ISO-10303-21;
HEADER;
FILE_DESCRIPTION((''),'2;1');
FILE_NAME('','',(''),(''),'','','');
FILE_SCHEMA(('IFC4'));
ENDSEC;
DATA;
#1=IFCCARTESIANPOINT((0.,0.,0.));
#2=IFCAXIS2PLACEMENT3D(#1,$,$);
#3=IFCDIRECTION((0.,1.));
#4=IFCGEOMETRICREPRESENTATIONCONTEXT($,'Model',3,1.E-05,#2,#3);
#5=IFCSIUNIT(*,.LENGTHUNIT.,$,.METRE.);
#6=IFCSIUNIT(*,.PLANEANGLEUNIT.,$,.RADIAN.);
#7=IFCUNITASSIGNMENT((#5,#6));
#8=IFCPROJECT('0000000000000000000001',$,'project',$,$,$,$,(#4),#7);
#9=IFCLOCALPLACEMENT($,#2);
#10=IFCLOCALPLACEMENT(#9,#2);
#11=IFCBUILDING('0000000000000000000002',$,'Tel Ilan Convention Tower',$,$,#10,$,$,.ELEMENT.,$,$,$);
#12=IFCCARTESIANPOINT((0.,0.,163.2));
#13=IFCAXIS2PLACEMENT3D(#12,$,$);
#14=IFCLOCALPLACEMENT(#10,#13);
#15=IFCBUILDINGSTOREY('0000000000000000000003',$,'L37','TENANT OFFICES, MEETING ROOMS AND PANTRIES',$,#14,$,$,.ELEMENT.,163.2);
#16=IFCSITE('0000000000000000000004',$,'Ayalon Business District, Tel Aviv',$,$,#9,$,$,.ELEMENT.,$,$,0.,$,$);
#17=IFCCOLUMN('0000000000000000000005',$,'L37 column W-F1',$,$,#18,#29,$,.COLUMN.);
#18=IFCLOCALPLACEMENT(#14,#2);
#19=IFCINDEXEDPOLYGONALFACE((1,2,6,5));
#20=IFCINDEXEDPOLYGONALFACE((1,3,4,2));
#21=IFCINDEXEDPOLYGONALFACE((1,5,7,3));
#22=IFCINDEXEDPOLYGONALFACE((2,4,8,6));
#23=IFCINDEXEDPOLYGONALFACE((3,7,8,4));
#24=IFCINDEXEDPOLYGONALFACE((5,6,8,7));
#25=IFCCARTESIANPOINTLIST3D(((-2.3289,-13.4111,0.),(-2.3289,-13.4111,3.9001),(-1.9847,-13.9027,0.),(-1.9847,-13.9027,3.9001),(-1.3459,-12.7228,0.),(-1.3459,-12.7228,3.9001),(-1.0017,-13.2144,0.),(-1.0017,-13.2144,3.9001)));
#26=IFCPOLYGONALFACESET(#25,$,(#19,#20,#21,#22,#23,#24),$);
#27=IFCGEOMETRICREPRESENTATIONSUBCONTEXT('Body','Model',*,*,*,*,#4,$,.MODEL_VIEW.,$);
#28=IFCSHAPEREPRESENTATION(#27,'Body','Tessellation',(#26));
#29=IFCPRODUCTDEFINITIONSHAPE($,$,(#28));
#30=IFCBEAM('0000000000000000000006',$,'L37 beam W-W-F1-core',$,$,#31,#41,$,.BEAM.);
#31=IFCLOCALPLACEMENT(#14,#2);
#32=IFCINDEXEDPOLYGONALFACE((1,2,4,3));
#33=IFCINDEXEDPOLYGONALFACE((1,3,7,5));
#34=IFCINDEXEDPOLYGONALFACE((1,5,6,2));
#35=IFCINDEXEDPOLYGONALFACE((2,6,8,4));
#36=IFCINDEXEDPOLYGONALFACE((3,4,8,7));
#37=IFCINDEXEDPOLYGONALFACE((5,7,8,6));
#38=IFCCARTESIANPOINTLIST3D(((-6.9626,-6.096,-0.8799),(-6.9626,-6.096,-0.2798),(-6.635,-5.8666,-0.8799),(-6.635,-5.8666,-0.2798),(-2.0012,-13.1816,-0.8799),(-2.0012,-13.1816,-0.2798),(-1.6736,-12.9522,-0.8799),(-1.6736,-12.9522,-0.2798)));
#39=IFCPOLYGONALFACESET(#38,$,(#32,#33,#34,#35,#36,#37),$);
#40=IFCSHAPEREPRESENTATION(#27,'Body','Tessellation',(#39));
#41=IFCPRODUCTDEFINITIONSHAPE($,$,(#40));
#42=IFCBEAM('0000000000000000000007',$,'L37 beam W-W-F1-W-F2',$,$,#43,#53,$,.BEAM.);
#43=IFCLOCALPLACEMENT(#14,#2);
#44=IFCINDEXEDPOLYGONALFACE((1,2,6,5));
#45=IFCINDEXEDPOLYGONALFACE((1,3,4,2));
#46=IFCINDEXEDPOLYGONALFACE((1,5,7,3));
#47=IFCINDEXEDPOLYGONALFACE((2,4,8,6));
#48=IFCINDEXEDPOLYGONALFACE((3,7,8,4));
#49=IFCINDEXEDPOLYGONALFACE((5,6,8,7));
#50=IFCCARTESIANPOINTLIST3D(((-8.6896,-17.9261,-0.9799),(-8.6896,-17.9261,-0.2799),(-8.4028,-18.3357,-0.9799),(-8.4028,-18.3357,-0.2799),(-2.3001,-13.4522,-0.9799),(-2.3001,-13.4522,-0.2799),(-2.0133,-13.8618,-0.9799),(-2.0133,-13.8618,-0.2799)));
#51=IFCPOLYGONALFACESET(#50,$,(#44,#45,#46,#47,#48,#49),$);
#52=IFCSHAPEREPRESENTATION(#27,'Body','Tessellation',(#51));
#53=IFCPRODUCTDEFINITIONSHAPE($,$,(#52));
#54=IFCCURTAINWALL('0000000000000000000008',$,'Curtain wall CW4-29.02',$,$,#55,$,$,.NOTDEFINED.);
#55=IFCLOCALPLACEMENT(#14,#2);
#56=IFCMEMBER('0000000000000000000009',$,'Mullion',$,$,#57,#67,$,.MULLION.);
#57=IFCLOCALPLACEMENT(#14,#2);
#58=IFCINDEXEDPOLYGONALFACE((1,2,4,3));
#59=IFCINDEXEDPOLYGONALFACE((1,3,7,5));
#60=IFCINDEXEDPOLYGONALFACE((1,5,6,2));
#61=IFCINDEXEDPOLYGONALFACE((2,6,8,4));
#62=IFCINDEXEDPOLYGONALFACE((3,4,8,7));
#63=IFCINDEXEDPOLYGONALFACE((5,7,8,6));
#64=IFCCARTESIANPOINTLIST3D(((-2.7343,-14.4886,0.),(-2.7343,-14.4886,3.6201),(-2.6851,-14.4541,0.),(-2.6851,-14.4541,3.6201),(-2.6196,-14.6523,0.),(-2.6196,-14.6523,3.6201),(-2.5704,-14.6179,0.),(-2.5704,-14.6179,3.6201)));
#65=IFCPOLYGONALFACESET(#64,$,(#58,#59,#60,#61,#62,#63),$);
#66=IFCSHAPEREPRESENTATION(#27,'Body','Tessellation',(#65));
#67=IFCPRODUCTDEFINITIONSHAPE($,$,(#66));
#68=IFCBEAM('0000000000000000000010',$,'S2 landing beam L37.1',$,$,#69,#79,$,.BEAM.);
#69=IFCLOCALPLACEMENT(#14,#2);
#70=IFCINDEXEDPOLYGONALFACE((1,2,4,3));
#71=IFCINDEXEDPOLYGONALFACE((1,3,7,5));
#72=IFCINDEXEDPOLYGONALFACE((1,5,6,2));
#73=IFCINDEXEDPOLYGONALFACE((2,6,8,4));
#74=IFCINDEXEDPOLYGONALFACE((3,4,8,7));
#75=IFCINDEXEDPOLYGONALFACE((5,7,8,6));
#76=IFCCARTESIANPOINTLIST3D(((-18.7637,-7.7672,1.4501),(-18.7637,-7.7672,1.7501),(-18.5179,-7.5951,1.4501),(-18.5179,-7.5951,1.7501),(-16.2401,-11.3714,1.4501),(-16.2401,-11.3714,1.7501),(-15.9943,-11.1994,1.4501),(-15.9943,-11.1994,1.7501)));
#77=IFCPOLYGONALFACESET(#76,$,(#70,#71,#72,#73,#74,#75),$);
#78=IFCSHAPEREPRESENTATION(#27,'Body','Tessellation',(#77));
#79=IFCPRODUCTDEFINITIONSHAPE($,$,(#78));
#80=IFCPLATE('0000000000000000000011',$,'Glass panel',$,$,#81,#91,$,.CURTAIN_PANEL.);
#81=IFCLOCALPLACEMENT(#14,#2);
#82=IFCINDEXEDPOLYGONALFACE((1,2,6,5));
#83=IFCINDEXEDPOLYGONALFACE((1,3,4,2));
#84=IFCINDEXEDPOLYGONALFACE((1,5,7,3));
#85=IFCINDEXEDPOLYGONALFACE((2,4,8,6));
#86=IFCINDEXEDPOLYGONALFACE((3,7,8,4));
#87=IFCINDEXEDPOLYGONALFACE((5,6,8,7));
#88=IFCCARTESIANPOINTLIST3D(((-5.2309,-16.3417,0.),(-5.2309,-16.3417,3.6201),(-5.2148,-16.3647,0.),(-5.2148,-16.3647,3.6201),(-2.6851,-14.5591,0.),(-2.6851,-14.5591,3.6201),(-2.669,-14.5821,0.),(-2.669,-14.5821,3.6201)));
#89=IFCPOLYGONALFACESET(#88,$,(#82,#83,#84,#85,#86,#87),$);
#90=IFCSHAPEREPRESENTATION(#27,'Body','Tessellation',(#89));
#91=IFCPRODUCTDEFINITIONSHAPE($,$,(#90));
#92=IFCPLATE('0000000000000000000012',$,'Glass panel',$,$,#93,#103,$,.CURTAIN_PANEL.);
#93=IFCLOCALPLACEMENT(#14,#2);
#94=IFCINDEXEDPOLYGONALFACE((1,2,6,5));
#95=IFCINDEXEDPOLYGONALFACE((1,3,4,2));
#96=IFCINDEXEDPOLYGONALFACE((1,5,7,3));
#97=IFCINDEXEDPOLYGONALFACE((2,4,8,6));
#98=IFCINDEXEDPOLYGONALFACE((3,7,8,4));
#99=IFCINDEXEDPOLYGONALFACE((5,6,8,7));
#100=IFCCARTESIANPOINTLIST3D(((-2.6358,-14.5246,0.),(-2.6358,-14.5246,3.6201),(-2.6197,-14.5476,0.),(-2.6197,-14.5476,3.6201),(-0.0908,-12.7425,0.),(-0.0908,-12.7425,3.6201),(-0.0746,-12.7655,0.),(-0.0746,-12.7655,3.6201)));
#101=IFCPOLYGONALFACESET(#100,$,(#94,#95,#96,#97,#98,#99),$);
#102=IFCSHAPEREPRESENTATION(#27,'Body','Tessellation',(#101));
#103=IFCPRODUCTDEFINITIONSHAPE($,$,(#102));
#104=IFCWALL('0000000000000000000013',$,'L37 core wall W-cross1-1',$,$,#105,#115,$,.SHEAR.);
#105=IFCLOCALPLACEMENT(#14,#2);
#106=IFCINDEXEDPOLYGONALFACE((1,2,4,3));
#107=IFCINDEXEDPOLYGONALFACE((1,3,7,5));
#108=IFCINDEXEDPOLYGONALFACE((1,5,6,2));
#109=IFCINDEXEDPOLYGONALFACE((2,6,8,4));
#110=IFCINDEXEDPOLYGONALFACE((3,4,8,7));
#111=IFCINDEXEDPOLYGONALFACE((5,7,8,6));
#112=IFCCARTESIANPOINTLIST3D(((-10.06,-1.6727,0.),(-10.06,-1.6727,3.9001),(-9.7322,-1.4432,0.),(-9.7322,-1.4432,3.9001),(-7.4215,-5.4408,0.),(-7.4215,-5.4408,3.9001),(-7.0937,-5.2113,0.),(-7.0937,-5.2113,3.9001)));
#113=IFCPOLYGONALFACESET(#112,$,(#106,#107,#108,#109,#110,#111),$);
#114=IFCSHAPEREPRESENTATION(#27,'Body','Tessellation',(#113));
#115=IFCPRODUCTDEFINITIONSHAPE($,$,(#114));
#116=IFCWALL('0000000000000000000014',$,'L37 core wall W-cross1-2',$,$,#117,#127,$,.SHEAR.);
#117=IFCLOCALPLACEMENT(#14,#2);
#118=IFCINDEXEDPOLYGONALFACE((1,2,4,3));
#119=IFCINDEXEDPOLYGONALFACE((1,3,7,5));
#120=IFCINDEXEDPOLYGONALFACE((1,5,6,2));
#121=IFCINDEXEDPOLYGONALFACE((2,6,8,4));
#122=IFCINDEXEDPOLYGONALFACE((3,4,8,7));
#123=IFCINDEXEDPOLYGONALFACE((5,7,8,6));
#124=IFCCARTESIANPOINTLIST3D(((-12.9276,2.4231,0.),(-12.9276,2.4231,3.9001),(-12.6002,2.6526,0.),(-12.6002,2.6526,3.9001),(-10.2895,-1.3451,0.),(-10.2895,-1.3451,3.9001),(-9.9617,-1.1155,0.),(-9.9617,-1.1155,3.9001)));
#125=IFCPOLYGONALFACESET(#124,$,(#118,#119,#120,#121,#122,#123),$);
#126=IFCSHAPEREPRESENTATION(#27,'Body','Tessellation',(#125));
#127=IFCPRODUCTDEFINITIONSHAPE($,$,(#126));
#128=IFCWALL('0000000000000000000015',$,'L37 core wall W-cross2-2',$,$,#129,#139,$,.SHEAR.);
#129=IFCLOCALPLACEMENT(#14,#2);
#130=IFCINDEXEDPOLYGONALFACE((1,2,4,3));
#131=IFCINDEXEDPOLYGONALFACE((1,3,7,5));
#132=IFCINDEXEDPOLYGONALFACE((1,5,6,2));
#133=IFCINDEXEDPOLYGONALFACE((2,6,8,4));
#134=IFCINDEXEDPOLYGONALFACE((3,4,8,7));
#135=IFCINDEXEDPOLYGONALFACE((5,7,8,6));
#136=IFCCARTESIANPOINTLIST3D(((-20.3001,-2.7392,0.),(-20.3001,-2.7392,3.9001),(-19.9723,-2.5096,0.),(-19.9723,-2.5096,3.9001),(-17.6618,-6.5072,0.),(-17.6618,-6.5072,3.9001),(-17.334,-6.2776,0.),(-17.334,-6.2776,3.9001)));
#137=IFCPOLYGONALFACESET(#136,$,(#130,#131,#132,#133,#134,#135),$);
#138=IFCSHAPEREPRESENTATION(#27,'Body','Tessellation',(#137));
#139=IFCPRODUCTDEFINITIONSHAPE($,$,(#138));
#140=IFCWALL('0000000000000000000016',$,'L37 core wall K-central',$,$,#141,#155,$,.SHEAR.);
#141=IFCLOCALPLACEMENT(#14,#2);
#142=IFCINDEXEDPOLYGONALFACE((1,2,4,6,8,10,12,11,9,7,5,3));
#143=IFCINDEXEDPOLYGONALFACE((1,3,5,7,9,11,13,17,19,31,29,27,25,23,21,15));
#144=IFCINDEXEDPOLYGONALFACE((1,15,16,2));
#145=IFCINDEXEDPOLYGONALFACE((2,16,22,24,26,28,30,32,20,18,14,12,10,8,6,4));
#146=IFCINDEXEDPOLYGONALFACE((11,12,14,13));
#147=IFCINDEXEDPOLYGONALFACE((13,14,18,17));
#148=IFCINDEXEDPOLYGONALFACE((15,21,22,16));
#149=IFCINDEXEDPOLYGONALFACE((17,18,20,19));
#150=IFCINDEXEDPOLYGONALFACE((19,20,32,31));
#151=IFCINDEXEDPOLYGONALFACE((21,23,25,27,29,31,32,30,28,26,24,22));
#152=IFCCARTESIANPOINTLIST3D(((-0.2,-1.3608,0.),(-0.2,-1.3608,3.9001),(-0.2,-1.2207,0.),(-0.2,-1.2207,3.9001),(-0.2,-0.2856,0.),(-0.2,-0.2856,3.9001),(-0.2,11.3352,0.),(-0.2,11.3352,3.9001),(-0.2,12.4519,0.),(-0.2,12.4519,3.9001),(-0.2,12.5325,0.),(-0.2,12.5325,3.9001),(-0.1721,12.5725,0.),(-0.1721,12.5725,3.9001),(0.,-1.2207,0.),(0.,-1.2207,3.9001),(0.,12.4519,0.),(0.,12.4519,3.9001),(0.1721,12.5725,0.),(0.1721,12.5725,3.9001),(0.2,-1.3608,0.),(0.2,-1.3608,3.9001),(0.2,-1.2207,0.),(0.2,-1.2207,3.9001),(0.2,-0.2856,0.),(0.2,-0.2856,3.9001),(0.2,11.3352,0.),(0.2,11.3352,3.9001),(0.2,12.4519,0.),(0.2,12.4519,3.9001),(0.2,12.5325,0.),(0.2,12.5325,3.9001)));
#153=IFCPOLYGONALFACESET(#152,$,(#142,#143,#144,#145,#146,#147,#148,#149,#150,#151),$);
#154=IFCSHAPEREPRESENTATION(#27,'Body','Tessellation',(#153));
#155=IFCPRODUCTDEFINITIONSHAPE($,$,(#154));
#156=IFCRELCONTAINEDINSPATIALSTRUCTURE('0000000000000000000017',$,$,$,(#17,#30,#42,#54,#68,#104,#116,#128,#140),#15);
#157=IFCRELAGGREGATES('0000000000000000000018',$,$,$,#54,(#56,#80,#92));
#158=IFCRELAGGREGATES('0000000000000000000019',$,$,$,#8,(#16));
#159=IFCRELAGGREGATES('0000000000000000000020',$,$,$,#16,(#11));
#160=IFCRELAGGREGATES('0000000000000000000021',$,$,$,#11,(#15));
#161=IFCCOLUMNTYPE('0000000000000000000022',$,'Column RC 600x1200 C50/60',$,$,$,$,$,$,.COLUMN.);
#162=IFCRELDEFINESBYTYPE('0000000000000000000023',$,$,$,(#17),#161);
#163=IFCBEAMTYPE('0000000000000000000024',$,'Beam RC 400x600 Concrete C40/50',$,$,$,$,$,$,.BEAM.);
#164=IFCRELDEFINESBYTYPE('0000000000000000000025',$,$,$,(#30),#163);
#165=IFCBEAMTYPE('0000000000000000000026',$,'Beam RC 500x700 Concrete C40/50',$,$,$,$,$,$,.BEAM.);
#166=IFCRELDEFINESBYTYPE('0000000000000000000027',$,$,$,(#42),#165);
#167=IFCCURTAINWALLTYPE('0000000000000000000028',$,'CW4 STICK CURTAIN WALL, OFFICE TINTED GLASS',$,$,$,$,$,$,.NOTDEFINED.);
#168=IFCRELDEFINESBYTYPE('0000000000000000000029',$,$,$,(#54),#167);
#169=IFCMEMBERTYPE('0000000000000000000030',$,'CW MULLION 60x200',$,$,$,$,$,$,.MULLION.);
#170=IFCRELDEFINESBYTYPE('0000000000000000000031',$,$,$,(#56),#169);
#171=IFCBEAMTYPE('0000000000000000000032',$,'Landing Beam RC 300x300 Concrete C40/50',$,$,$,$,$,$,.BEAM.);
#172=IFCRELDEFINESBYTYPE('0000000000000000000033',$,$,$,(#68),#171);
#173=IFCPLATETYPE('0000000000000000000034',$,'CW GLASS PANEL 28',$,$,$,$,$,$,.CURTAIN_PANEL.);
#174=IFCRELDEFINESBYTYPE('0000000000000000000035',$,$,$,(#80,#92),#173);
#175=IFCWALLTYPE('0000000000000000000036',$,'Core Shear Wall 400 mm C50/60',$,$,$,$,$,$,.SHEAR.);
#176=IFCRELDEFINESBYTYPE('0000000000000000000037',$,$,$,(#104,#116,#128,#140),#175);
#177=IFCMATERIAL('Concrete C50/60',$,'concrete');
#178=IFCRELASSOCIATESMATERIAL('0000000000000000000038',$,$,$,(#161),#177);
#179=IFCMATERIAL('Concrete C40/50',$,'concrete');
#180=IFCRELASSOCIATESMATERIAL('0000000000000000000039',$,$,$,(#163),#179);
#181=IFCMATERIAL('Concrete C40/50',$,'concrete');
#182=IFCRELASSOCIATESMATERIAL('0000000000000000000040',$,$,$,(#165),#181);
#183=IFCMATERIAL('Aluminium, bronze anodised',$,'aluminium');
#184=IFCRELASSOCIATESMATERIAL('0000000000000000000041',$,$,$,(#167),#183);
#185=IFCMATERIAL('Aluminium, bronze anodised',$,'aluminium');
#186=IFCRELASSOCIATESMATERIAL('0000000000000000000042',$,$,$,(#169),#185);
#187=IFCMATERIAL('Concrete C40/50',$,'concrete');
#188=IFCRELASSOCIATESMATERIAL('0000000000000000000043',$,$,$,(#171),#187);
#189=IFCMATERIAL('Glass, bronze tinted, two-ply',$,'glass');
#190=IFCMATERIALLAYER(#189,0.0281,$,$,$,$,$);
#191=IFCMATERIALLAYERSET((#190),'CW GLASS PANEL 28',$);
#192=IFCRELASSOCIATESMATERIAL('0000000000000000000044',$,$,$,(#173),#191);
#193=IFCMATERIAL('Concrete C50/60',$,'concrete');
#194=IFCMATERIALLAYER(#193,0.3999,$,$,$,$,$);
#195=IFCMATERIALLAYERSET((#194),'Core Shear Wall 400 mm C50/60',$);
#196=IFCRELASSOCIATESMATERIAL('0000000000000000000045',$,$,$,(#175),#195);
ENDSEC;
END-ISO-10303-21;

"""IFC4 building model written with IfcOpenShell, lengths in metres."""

from ifc_helpers import new_model, si_unit, direction, frame, origin, origin_2d, place, context, subcontext, project, spatial, polyline, rectangle, outline, extrude, material, layer, layer_set, material_profile, profile_set, type_object, element, aggregate, save


model = new_model("IFC4")

# Units and contexts
model_context = context("Model", 3, precision=1e-05, world=origin(), true_north=direction((0.0, 1.0)))
body_context = subcontext(model_context, "Body", "Model", "MODEL_VIEW")
ifc_project = project(units=[si_unit("LENGTHUNIT", "METRE"), si_unit("PLANEANGLEUNIT", "RADIAN")], contexts=[model_context])

# Site, building, storey
site_placement = place(None, origin())
site = spatial("IfcSite", under=ifc_project, at=site_placement, Name="Ayalon Business District, Tel Aviv", CompositionType="ELEMENT", RefElevation=0.0)
building_placement = place(site_placement, origin())
building = spatial("IfcBuilding", under=site, at=building_placement, Name="Tel Ilan Convention Tower", CompositionType="ELEMENT")
storey_placement = place(building_placement, frame((0.0, 0.0, 163.2)))
storey = spatial("IfcBuildingStorey", under=building, at=storey_placement, Name="L37", Description="TENANT OFFICES, MEETING ROOMS AND PANTRIES", CompositionType="ELEMENT", Elevation=163.2)

# Column
ifc_material_1 = material(Name="Concrete C50/60", Category="concrete")
ifc_material_profile_1 = material_profile(ifc_material_1, rectangle(XDim=1.2, YDim=0.6001, at=origin_2d()), Name="RC 600x1200")
ifc_profile_set_1 = profile_set([ifc_material_profile_1], Name="Concrete C50/60")
column_type = type_object("IfcColumnType", Name="Column RC 600x1200 C50/60", PredefinedType="COLUMN", material=ifc_profile_set_1)
column_placement = place(storey_placement, frame((-1.6653, -13.3127, 0.0), z_axis=(0.0, 0.0, 1.0), x_axis=(-0.819152, -0.573576, 0.0)))
element("IfcColumn", 1, at=column_placement, inside=storey, type_object=column_type, Name="L37 column W-F1", PredefinedType="COLUMN", context=body_context, shape_type="SweptSolid", body=[
    extrude(rectangle(XDim=1.2, YDim=0.6001, at=origin_2d()), origin(), (0.0, 0.0, 1.0), 3.9001),
])

# Beams
ifc_material_2 = material(Name="Concrete C40/50", Category="concrete")
ifc_material_profile_2 = material_profile(ifc_material_2, rectangle(XDim=0.3999, YDim=0.6001, at=origin_2d()), Name="RC 400x600")
ifc_profile_set_2 = profile_set([ifc_material_profile_2], Name="Concrete C40/50")
beam_type_1 = type_object("IfcBeamType", Name="Beam RC 400x600 Concrete C40/50", PredefinedType="BEAM", material=ifc_profile_set_2)
beam_1_placement = place(storey_placement, frame((-1.8374, -13.0669, -0.5798), z_axis=(-0.573574, 0.819154, 0.0), x_axis=(-0.819154, -0.573574, 0.0)))
element("IfcBeam", 2, at=beam_1_placement, inside=storey, type_object=beam_type_1, Name="L37 beam W-W-F1-core", PredefinedType="BEAM", context=body_context, shape_type="SweptSolid", body=[
    extrude(rectangle(XDim=0.3999, YDim=0.6001, at=origin_2d()), origin(), (0.0, 0.0, 1.0), 8.6499),
])
ifc_material_3 = material(Name="Concrete C40/50", Category="concrete")
ifc_material_profile_3 = material_profile(ifc_material_3, rectangle(XDim=0.5, YDim=0.7, at=origin_2d()), Name="RC 500x700")
ifc_profile_set_3 = profile_set([ifc_material_profile_3], Name="Concrete C40/50")
beam_type_2 = type_object("IfcBeamType", Name="Beam RC 500x700 Concrete C40/50", PredefinedType="BEAM", material=ifc_profile_set_3)
beam_2_placement = place(storey_placement, frame((-2.1567, -13.657, -0.6299), z_axis=(-0.819154, -0.573574, 0.0), x_axis=(0.573574, -0.819154, 0.0)))
element("IfcBeam", 3, at=beam_2_placement, inside=storey, type_object=beam_type_2, Name="L37 beam W-W-F1-W-F2", PredefinedType="BEAM", context=body_context, shape_type="SweptSolid", body=[
    extrude(rectangle(XDim=0.5, YDim=0.7, at=origin_2d()), origin(), (0.0, 0.0, 1.0), 7.8),
])

# Curtain wall, member
ifc_material_4 = material(Name="Aluminium, bronze anodised", Category="aluminium")
curtain_wall_type = type_object("IfcCurtainWallType", Name="CW4 STICK CURTAIN WALL, OFFICE TINTED GLASS", PredefinedType="NOTDEFINED", material=ifc_material_4)
curtain_wall_placement = place(storey_placement, origin())
curtain_wall = element("IfcCurtainWall", 4, at=curtain_wall_placement, inside=storey, type_object=curtain_wall_type, Name="Curtain wall CW4-29.02", PredefinedType="NOTDEFINED")
ifc_material_5 = material(Name="Aluminium, bronze anodised", Category="aluminium")
ifc_material_profile_4 = material_profile(ifc_material_5, rectangle(XDim=0.0601, YDim=0.2, at=origin_2d()), Name="CW MULLION 60x200")
ifc_profile_set_4 = profile_set([ifc_material_profile_4], Name="Aluminium, bronze anodised")
member_type = type_object("IfcMemberType", Name="CW MULLION 60x200", PredefinedType="MULLION", material=ifc_profile_set_4)
member_placement = place(storey_placement, frame((-2.6523, -14.5532, 0.0), z_axis=(0.0, 0.0, 1.0), x_axis=(0.819152, 0.573576, 0.0)))
member = element("IfcMember", 5, at=member_placement, type_object=member_type, Name="Mullion", PredefinedType="MULLION", context=body_context, shape_type="SweptSolid", body=[
    extrude(rectangle(XDim=0.0601, YDim=0.2, at=origin_2d()), origin(), (0.0, 0.0, 1.0), 3.6201),
])

# Beam
ifc_material_6 = material(Name="Concrete C40/50", Category="concrete")
ifc_material_profile_5 = material_profile(ifc_material_6, rectangle(XDim=0.3, YDim=0.3, at=origin_2d()), Name="RC 300x300")
ifc_profile_set_5 = profile_set([ifc_material_profile_5], Name="Concrete C40/50")
beam_type_3 = type_object("IfcBeamType", Name="Landing Beam RC 300x300 Concrete C40/50", PredefinedType="BEAM", material=ifc_profile_set_5)
beam_3_placement = place(storey_placement, frame((-16.1172, -11.2854, 1.6001), z_axis=(-0.57357, 0.819156, 0.0), x_axis=(-0.819156, -0.57357, 0.0)))
element("IfcBeam", 6, at=beam_3_placement, inside=storey, type_object=beam_type_3, Name="S2 landing beam L37.1", PredefinedType="BEAM", context=body_context, shape_type="SweptSolid", body=[
    extrude(rectangle(XDim=0.3, YDim=0.3, at=origin_2d()), origin(), (0.0, 0.0, 1.0), 4.3999),
])

# Plates
ifc_material_7 = material(Name="Glass, bronze tinted, two-ply", Category="glass")
ifc_layer_1 = layer(ifc_material_7, 0.0281)
ifc_layer_set_1 = layer_set([ifc_layer_1], Name="CW GLASS PANEL 28")
plate_type = type_object("IfcPlateType", Name="CW GLASS PANEL 28", PredefinedType="CURTAIN_PANEL", material=ifc_layer_set_1)
plate_1_placement = place(storey_placement, frame((-3.95, -15.4619, 0.0), z_axis=(0.0, 0.0, 1.0), x_axis=(0.819152, 0.573576, 0.0)))
plate_1 = element("IfcPlate", 7, at=plate_1_placement, type_object=plate_type, Name="Glass panel", PredefinedType="CURTAIN_PANEL", context=body_context, shape_type="SweptSolid", body=[
    extrude(rectangle(XDim=3.1079, YDim=0.0281, at=origin_2d()), origin(), (0.0, 0.0, 1.0), 3.6201),
])
plate_2_placement = place(storey_placement, frame((-1.3552, -13.645, 0.0), z_axis=(0.0, 0.0, 1.0), x_axis=(0.819152, 0.573576, 0.0)))
plate_2 = element("IfcPlate", 8, at=plate_2_placement, type_object=plate_type, Name="Glass panel", PredefinedType="CURTAIN_PANEL", context=body_context, shape_type="SweptSolid", body=[
    extrude(rectangle(XDim=3.1069, YDim=0.0281, at=origin_2d()), origin(), (0.0, 0.0, 1.0), 3.6201),
])
aggregate(curtain_wall, [member, plate_1, plate_2])

# Walls
ifc_material_8 = material(Name="Concrete C50/60", Category="concrete")
ifc_layer_2 = layer(ifc_material_8, 0.3999)
ifc_layer_set_2 = layer_set([ifc_layer_2], Name="Core Shear Wall 400 mm C50/60")
wall_type_1 = type_object("IfcWallType", Name="Core Shear Wall 400 mm C50/60", PredefinedType="SHEAR", material=ifc_layer_set_2)
wall_1_placement = place(storey_placement, frame((-7.2578, -5.3259, 0.0), z_axis=(0.0, 0.0, 1.0), x_axis=(-0.573541, 0.819177, 0.0)))
element("IfcWall", 9, at=wall_1_placement, inside=storey, type_object=wall_type_1, Name="L37 core wall W-cross1-1", PredefinedType="SHEAR", context=body_context, shape_type="SweptSolid", body=[
    extrude(outline(polyline([(4.5999, 0.2002), (-0.0002, 0.2), (-0.0002, -0.2002), (4.5999, -0.2), (4.5999, 0.2002)])), origin(), (0.0, 0.0, 1.0), 3.9001),
])
wall_2_placement = place(storey_placement, frame((-10.1255, -1.2302, 0.0), z_axis=(0.0, 0.0, 1.0), x_axis=(-0.573576, 0.819152, 0.0)))
element("IfcWall", 10, at=wall_2_placement, inside=storey, type_object=wall_type_1, Name="L37 core wall W-cross1-2", PredefinedType="SHEAR", context=body_context, shape_type="SweptSolid", body=[
    extrude(outline(polyline([(4.6001, -0.2), (4.5999, 0.2), (0.0, 0.2002), (0.0, -0.2), (4.6001, -0.2)])), origin(), (0.0, 0.0, 1.0), 3.9001),
])
wall_3_placement = place(storey_placement, frame((-17.4978, -6.3923, 0.0), z_axis=(0.0, 0.0, 1.0), x_axis=(-0.573612, 0.819127, 0.0)))
element("IfcWall", 11, at=wall_3_placement, inside=storey, type_object=wall_type_1, Name="L37 core wall W-cross2-2", PredefinedType="SHEAR", context=body_context, shape_type="SweptSolid", body=[
    extrude(outline(polyline([(4.5999, -0.2002), (4.5999, 0.2), (0.0, 0.2002), (0.0, -0.2), (4.5999, -0.2002)])), origin(), (0.0, 0.0, 1.0), 3.9001),
])
wall_4_placement = place(storey_placement, frame((0.0, -1.3608, 0.0), z_axis=(0.0, 0.0, 1.0), x_axis=(0.0, 1.0, 0.0)))
element("IfcWall", 12, at=wall_4_placement, inside=storey, type_object=wall_type_1, Name="L37 core wall K-central", PredefinedType="SHEAR", context=body_context, shape_type="SweptSolid", body=[
    extrude(outline(polyline([(0.0, -0.2), (0.1401, -0.2), (1.0752, -0.2), (12.696, -0.2), (13.8127, -0.2), (13.8933, -0.2), (13.9333, -0.1721), (13.8127, 0.0), (13.9333, 0.1721), (13.8933, 0.2), (13.8127, 0.2), (12.696, 0.2), (1.0752, 0.2), (0.1401, 0.2), (0.0, 0.2), (0.1401, 0.0), (0.0, -0.2)])), origin(), (0.0, 0.0, 1.0), 3.9001),
])

save(model, "model.ifc")
